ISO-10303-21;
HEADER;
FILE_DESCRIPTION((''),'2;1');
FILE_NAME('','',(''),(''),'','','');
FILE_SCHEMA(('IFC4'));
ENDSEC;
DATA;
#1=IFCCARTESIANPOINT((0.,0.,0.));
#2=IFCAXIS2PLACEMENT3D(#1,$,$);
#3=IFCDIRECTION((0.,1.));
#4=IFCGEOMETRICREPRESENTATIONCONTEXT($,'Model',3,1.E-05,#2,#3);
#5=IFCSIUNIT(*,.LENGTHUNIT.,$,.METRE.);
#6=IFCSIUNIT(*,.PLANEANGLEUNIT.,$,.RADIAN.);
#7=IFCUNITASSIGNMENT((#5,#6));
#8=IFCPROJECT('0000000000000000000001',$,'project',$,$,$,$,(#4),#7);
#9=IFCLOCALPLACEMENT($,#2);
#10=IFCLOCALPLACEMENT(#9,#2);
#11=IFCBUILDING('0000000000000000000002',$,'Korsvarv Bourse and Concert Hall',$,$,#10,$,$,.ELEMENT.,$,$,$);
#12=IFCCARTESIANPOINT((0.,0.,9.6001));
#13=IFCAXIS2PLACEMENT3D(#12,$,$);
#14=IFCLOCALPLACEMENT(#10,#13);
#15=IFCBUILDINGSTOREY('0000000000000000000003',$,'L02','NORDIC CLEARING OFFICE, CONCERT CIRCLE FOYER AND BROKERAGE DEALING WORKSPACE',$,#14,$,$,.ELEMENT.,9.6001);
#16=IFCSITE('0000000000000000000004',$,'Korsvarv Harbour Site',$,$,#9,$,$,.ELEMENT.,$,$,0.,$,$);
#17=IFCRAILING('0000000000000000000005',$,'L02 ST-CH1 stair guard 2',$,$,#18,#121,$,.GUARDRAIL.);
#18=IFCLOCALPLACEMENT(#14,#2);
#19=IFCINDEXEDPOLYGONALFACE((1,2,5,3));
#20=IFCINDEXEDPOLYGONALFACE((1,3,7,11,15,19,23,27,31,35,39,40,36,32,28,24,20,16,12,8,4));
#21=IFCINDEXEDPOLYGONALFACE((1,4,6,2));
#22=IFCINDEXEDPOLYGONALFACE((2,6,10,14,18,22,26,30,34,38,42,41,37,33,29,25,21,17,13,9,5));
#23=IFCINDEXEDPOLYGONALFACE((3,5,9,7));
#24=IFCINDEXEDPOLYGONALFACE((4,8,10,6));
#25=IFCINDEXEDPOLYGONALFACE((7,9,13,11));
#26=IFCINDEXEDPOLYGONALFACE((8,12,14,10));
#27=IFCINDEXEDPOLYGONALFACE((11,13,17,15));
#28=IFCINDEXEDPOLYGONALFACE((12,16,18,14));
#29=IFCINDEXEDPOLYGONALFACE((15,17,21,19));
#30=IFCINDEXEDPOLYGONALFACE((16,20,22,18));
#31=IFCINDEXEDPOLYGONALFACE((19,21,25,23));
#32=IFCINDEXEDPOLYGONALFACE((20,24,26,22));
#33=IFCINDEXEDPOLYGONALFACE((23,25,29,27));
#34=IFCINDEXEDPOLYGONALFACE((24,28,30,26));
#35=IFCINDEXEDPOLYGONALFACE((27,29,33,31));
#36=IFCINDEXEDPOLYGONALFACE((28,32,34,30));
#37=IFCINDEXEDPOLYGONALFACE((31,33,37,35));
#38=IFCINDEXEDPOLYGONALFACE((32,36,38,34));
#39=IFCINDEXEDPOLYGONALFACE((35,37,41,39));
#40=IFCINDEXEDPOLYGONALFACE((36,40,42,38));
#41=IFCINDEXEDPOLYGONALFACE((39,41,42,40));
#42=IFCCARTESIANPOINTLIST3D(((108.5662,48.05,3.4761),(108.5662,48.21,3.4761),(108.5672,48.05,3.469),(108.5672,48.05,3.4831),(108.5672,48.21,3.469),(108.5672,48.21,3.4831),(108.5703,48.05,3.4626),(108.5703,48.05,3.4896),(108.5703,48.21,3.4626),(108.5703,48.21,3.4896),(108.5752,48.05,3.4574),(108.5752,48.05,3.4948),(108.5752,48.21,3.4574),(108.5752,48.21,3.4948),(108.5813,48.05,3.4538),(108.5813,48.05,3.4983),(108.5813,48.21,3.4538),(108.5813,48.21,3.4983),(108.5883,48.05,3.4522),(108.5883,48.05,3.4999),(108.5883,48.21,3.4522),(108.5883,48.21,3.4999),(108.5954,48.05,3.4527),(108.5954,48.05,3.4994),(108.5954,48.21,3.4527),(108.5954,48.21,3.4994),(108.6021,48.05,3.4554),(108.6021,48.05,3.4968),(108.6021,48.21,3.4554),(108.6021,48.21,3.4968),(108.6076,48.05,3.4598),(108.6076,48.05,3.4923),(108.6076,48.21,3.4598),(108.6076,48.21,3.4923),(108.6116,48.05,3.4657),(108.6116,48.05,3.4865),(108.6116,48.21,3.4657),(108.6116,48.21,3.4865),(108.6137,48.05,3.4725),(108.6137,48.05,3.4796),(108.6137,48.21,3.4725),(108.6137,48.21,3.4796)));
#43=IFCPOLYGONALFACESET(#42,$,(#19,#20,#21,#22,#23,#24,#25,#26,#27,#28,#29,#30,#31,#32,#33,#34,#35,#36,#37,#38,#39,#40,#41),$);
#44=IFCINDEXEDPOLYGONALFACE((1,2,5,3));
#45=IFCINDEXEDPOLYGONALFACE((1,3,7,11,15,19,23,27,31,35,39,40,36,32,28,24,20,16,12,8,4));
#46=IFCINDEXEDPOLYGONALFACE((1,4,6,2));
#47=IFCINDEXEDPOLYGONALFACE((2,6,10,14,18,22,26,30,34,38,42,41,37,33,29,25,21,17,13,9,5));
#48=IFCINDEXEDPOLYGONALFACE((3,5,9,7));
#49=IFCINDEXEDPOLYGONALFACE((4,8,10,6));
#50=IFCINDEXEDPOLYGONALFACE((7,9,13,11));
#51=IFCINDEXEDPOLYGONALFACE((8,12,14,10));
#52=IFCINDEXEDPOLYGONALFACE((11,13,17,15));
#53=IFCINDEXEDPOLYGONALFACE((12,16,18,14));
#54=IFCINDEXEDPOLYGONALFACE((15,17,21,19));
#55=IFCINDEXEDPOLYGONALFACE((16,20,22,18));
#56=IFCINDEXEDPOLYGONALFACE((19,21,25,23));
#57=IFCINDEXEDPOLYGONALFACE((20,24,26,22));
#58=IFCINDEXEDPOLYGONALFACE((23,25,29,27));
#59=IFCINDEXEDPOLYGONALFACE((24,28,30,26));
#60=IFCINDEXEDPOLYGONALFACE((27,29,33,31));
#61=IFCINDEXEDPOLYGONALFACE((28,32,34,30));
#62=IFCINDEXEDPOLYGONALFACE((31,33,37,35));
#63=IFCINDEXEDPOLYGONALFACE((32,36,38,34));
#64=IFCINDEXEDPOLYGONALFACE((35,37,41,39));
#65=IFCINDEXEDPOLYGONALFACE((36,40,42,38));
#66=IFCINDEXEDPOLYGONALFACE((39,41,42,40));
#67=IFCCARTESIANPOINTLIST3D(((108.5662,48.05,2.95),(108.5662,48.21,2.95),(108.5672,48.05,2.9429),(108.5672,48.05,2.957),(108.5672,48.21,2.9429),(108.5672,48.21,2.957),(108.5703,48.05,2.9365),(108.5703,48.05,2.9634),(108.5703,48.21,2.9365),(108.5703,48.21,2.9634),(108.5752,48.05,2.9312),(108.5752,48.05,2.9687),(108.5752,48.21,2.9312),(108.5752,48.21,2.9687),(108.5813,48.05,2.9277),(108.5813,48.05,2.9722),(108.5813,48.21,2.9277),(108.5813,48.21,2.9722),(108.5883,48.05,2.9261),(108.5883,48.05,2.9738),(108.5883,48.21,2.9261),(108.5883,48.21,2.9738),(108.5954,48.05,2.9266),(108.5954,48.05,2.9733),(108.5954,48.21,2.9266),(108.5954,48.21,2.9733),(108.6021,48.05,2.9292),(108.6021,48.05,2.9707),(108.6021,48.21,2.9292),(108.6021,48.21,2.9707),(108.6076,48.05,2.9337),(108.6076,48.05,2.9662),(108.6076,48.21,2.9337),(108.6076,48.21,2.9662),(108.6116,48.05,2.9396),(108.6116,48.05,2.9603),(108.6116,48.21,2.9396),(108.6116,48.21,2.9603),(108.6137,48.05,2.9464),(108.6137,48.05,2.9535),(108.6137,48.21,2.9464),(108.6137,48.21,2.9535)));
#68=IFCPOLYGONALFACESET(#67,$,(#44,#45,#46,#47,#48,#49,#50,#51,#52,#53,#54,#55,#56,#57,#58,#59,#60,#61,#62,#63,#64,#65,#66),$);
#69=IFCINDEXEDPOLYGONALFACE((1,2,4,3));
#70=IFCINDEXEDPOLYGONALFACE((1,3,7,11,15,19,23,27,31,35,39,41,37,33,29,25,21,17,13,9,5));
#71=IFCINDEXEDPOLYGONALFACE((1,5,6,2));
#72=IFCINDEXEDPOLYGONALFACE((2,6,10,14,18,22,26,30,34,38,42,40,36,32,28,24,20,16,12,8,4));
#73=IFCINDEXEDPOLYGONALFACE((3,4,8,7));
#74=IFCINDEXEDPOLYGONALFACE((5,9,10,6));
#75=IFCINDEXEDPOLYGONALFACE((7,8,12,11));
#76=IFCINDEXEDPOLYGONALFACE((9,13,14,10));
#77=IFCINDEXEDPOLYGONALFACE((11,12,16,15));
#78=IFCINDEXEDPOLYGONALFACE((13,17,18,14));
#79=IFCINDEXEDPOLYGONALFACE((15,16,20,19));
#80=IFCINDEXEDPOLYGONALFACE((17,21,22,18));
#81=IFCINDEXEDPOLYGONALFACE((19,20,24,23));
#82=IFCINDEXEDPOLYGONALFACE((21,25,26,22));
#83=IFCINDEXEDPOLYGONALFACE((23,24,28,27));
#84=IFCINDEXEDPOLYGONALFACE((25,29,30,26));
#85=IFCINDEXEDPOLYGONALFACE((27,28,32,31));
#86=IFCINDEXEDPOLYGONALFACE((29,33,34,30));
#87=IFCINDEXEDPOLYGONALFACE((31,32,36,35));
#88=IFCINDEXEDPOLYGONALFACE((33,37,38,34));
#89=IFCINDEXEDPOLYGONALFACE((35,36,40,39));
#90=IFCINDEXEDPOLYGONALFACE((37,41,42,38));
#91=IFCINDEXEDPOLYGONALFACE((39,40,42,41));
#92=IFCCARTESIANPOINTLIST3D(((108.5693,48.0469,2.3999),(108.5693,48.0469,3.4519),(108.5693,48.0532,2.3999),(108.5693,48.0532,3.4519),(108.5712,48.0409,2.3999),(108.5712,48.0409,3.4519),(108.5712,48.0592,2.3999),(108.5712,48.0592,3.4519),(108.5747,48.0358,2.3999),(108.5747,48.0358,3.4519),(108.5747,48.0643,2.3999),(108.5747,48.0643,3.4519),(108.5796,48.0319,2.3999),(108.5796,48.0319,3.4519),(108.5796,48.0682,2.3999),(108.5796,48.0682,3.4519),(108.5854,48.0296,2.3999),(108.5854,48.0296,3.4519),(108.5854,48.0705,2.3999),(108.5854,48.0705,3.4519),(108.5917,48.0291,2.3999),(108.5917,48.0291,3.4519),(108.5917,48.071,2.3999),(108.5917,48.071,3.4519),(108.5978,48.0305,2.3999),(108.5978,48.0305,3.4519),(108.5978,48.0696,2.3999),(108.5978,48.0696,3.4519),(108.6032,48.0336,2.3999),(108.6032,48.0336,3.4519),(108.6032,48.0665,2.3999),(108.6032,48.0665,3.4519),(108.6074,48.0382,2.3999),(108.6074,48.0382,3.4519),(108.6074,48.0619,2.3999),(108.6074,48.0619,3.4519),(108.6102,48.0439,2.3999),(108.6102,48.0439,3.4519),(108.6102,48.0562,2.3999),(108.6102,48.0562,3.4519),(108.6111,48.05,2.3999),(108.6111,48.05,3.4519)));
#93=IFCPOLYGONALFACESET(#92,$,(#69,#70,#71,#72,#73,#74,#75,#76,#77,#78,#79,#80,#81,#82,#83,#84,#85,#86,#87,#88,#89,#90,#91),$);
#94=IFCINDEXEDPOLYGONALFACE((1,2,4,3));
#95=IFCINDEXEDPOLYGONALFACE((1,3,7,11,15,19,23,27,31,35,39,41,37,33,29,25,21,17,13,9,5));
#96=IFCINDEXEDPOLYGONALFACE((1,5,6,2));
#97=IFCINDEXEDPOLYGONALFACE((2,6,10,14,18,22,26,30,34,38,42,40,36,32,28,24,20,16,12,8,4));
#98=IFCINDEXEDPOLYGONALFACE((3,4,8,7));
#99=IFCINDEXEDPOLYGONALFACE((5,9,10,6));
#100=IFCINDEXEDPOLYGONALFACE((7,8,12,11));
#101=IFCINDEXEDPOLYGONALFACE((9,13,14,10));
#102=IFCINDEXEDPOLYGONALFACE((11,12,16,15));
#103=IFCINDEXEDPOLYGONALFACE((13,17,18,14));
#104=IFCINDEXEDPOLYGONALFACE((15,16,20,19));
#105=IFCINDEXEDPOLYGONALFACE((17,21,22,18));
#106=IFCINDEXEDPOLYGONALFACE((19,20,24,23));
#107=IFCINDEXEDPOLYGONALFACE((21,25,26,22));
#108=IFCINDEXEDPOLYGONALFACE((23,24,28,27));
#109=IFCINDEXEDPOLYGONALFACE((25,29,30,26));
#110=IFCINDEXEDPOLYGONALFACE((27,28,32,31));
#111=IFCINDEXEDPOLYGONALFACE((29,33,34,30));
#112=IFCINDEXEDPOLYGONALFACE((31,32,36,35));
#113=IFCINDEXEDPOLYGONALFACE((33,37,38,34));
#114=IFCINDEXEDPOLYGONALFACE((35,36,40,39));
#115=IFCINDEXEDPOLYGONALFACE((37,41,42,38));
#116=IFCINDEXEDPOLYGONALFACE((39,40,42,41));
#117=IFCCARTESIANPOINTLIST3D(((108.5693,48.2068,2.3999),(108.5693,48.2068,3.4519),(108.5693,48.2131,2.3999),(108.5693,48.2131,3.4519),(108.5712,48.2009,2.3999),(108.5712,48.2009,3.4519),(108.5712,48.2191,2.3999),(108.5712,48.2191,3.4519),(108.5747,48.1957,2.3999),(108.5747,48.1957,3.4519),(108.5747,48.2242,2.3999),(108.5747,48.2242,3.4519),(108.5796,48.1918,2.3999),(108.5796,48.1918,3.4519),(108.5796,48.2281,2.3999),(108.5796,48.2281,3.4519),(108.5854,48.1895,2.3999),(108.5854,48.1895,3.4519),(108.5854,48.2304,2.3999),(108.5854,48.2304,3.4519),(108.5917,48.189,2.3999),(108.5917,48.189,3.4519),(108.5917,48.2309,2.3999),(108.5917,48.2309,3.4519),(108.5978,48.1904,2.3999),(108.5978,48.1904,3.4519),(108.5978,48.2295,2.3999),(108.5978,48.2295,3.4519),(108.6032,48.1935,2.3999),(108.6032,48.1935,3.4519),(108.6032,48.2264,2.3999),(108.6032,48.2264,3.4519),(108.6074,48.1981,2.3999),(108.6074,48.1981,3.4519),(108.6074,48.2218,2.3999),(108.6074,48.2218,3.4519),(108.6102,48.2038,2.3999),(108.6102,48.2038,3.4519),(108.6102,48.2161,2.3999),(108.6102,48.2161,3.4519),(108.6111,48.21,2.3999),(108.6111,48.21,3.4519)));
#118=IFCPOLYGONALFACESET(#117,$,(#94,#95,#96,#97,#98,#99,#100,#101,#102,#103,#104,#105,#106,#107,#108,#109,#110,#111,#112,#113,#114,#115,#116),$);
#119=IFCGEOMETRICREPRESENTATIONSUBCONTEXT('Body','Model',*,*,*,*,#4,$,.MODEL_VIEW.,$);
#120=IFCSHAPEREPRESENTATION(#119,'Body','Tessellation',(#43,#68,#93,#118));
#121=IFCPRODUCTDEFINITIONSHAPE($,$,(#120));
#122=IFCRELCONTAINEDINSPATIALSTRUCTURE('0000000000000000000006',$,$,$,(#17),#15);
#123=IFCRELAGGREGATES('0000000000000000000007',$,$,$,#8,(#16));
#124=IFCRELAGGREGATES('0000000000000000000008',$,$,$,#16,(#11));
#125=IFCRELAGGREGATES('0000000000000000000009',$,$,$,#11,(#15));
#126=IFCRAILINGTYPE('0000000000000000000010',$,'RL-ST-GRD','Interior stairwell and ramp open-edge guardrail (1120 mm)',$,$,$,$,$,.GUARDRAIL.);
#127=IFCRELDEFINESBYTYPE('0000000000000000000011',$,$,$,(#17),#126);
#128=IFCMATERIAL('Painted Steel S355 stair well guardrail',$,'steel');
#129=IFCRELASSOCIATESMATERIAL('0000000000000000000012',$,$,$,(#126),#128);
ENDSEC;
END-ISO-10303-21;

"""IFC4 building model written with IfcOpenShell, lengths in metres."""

from ifc_helpers import new_model, si_unit, direction, frame, origin, origin_2d, place, context, subcontext, project, spatial, circle, extrude, material, type_object, element, save


model = new_model("IFC4")

# Units and contexts
model_context = context("Model", 3, precision=1e-05, world=origin(), true_north=direction((0.0, 1.0)))
body_context = subcontext(model_context, "Body", "Model", "MODEL_VIEW")
ifc_project = project(units=[si_unit("LENGTHUNIT", "METRE"), si_unit("PLANEANGLEUNIT", "RADIAN")], contexts=[model_context])

# Site, building, storey
site_placement = place(None, origin())
site = spatial("IfcSite", under=ifc_project, at=site_placement, Name="Korsvarv Harbour Site", CompositionType="ELEMENT", RefElevation=0.0)
building_placement = place(site_placement, origin())
building = spatial("IfcBuilding", under=site, at=building_placement, Name="Korsvarv Bourse and Concert Hall", CompositionType="ELEMENT")
storey_placement = place(building_placement, frame((0.0, 0.0, 9.6001)))
storey = spatial("IfcBuildingStorey", under=building, at=storey_placement, Name="L02", Description="NORDIC CLEARING OFFICE, CONCERT CIRCLE FOYER AND BROKERAGE DEALING WORKSPACE", CompositionType="ELEMENT", Elevation=9.6001)

# Railing
ifc_material_1 = material(Name="Painted Steel S355 stair well guardrail", Category="steel")
railing_type_1 = type_object("IfcRailingType", Name="RL-ST-GRD", Description="Interior stairwell and ramp open-edge guardrail (1120 mm)", PredefinedType="GUARDRAIL", material=ifc_material_1)
railing_1_placement = place(storey_placement, frame((108.5901, 48.05, 2.3999)))
element("IfcRailing", 1, at=railing_1_placement, inside=storey, type_object=railing_type_1, Name="L02 ST-CH1 stair guard 2", PredefinedType="GUARDRAIL", context=body_context, shape_type="SweptSolid", body=[
    extrude(circle(Radius=0.0239, at=origin_2d()), frame((0.0, 0.0, 1.0762), z_axis=(0.0, 1.0, 0.0), x_axis=(-1.0, 0.0, 0.0)), (0.0, 0.0, 1.0), 0.1599),
    extrude(circle(Radius=0.0239, at=origin_2d()), frame((0.0, 0.0, 0.55), z_axis=(0.0, 1.0, 0.0), x_axis=(-1.0, 0.0, 0.0)), (0.0, 0.0, 1.0), 0.1599),
    extrude(circle(Radius=0.021, at=origin_2d()), origin(), (0.0, 0.0, 1.0), 1.052),
    extrude(circle(Radius=0.021, at=origin_2d()), frame((0.0, 0.1599, 0.0)), (0.0, 0.0, 1.0), 1.052),
])

save(model, "model.ifc")
